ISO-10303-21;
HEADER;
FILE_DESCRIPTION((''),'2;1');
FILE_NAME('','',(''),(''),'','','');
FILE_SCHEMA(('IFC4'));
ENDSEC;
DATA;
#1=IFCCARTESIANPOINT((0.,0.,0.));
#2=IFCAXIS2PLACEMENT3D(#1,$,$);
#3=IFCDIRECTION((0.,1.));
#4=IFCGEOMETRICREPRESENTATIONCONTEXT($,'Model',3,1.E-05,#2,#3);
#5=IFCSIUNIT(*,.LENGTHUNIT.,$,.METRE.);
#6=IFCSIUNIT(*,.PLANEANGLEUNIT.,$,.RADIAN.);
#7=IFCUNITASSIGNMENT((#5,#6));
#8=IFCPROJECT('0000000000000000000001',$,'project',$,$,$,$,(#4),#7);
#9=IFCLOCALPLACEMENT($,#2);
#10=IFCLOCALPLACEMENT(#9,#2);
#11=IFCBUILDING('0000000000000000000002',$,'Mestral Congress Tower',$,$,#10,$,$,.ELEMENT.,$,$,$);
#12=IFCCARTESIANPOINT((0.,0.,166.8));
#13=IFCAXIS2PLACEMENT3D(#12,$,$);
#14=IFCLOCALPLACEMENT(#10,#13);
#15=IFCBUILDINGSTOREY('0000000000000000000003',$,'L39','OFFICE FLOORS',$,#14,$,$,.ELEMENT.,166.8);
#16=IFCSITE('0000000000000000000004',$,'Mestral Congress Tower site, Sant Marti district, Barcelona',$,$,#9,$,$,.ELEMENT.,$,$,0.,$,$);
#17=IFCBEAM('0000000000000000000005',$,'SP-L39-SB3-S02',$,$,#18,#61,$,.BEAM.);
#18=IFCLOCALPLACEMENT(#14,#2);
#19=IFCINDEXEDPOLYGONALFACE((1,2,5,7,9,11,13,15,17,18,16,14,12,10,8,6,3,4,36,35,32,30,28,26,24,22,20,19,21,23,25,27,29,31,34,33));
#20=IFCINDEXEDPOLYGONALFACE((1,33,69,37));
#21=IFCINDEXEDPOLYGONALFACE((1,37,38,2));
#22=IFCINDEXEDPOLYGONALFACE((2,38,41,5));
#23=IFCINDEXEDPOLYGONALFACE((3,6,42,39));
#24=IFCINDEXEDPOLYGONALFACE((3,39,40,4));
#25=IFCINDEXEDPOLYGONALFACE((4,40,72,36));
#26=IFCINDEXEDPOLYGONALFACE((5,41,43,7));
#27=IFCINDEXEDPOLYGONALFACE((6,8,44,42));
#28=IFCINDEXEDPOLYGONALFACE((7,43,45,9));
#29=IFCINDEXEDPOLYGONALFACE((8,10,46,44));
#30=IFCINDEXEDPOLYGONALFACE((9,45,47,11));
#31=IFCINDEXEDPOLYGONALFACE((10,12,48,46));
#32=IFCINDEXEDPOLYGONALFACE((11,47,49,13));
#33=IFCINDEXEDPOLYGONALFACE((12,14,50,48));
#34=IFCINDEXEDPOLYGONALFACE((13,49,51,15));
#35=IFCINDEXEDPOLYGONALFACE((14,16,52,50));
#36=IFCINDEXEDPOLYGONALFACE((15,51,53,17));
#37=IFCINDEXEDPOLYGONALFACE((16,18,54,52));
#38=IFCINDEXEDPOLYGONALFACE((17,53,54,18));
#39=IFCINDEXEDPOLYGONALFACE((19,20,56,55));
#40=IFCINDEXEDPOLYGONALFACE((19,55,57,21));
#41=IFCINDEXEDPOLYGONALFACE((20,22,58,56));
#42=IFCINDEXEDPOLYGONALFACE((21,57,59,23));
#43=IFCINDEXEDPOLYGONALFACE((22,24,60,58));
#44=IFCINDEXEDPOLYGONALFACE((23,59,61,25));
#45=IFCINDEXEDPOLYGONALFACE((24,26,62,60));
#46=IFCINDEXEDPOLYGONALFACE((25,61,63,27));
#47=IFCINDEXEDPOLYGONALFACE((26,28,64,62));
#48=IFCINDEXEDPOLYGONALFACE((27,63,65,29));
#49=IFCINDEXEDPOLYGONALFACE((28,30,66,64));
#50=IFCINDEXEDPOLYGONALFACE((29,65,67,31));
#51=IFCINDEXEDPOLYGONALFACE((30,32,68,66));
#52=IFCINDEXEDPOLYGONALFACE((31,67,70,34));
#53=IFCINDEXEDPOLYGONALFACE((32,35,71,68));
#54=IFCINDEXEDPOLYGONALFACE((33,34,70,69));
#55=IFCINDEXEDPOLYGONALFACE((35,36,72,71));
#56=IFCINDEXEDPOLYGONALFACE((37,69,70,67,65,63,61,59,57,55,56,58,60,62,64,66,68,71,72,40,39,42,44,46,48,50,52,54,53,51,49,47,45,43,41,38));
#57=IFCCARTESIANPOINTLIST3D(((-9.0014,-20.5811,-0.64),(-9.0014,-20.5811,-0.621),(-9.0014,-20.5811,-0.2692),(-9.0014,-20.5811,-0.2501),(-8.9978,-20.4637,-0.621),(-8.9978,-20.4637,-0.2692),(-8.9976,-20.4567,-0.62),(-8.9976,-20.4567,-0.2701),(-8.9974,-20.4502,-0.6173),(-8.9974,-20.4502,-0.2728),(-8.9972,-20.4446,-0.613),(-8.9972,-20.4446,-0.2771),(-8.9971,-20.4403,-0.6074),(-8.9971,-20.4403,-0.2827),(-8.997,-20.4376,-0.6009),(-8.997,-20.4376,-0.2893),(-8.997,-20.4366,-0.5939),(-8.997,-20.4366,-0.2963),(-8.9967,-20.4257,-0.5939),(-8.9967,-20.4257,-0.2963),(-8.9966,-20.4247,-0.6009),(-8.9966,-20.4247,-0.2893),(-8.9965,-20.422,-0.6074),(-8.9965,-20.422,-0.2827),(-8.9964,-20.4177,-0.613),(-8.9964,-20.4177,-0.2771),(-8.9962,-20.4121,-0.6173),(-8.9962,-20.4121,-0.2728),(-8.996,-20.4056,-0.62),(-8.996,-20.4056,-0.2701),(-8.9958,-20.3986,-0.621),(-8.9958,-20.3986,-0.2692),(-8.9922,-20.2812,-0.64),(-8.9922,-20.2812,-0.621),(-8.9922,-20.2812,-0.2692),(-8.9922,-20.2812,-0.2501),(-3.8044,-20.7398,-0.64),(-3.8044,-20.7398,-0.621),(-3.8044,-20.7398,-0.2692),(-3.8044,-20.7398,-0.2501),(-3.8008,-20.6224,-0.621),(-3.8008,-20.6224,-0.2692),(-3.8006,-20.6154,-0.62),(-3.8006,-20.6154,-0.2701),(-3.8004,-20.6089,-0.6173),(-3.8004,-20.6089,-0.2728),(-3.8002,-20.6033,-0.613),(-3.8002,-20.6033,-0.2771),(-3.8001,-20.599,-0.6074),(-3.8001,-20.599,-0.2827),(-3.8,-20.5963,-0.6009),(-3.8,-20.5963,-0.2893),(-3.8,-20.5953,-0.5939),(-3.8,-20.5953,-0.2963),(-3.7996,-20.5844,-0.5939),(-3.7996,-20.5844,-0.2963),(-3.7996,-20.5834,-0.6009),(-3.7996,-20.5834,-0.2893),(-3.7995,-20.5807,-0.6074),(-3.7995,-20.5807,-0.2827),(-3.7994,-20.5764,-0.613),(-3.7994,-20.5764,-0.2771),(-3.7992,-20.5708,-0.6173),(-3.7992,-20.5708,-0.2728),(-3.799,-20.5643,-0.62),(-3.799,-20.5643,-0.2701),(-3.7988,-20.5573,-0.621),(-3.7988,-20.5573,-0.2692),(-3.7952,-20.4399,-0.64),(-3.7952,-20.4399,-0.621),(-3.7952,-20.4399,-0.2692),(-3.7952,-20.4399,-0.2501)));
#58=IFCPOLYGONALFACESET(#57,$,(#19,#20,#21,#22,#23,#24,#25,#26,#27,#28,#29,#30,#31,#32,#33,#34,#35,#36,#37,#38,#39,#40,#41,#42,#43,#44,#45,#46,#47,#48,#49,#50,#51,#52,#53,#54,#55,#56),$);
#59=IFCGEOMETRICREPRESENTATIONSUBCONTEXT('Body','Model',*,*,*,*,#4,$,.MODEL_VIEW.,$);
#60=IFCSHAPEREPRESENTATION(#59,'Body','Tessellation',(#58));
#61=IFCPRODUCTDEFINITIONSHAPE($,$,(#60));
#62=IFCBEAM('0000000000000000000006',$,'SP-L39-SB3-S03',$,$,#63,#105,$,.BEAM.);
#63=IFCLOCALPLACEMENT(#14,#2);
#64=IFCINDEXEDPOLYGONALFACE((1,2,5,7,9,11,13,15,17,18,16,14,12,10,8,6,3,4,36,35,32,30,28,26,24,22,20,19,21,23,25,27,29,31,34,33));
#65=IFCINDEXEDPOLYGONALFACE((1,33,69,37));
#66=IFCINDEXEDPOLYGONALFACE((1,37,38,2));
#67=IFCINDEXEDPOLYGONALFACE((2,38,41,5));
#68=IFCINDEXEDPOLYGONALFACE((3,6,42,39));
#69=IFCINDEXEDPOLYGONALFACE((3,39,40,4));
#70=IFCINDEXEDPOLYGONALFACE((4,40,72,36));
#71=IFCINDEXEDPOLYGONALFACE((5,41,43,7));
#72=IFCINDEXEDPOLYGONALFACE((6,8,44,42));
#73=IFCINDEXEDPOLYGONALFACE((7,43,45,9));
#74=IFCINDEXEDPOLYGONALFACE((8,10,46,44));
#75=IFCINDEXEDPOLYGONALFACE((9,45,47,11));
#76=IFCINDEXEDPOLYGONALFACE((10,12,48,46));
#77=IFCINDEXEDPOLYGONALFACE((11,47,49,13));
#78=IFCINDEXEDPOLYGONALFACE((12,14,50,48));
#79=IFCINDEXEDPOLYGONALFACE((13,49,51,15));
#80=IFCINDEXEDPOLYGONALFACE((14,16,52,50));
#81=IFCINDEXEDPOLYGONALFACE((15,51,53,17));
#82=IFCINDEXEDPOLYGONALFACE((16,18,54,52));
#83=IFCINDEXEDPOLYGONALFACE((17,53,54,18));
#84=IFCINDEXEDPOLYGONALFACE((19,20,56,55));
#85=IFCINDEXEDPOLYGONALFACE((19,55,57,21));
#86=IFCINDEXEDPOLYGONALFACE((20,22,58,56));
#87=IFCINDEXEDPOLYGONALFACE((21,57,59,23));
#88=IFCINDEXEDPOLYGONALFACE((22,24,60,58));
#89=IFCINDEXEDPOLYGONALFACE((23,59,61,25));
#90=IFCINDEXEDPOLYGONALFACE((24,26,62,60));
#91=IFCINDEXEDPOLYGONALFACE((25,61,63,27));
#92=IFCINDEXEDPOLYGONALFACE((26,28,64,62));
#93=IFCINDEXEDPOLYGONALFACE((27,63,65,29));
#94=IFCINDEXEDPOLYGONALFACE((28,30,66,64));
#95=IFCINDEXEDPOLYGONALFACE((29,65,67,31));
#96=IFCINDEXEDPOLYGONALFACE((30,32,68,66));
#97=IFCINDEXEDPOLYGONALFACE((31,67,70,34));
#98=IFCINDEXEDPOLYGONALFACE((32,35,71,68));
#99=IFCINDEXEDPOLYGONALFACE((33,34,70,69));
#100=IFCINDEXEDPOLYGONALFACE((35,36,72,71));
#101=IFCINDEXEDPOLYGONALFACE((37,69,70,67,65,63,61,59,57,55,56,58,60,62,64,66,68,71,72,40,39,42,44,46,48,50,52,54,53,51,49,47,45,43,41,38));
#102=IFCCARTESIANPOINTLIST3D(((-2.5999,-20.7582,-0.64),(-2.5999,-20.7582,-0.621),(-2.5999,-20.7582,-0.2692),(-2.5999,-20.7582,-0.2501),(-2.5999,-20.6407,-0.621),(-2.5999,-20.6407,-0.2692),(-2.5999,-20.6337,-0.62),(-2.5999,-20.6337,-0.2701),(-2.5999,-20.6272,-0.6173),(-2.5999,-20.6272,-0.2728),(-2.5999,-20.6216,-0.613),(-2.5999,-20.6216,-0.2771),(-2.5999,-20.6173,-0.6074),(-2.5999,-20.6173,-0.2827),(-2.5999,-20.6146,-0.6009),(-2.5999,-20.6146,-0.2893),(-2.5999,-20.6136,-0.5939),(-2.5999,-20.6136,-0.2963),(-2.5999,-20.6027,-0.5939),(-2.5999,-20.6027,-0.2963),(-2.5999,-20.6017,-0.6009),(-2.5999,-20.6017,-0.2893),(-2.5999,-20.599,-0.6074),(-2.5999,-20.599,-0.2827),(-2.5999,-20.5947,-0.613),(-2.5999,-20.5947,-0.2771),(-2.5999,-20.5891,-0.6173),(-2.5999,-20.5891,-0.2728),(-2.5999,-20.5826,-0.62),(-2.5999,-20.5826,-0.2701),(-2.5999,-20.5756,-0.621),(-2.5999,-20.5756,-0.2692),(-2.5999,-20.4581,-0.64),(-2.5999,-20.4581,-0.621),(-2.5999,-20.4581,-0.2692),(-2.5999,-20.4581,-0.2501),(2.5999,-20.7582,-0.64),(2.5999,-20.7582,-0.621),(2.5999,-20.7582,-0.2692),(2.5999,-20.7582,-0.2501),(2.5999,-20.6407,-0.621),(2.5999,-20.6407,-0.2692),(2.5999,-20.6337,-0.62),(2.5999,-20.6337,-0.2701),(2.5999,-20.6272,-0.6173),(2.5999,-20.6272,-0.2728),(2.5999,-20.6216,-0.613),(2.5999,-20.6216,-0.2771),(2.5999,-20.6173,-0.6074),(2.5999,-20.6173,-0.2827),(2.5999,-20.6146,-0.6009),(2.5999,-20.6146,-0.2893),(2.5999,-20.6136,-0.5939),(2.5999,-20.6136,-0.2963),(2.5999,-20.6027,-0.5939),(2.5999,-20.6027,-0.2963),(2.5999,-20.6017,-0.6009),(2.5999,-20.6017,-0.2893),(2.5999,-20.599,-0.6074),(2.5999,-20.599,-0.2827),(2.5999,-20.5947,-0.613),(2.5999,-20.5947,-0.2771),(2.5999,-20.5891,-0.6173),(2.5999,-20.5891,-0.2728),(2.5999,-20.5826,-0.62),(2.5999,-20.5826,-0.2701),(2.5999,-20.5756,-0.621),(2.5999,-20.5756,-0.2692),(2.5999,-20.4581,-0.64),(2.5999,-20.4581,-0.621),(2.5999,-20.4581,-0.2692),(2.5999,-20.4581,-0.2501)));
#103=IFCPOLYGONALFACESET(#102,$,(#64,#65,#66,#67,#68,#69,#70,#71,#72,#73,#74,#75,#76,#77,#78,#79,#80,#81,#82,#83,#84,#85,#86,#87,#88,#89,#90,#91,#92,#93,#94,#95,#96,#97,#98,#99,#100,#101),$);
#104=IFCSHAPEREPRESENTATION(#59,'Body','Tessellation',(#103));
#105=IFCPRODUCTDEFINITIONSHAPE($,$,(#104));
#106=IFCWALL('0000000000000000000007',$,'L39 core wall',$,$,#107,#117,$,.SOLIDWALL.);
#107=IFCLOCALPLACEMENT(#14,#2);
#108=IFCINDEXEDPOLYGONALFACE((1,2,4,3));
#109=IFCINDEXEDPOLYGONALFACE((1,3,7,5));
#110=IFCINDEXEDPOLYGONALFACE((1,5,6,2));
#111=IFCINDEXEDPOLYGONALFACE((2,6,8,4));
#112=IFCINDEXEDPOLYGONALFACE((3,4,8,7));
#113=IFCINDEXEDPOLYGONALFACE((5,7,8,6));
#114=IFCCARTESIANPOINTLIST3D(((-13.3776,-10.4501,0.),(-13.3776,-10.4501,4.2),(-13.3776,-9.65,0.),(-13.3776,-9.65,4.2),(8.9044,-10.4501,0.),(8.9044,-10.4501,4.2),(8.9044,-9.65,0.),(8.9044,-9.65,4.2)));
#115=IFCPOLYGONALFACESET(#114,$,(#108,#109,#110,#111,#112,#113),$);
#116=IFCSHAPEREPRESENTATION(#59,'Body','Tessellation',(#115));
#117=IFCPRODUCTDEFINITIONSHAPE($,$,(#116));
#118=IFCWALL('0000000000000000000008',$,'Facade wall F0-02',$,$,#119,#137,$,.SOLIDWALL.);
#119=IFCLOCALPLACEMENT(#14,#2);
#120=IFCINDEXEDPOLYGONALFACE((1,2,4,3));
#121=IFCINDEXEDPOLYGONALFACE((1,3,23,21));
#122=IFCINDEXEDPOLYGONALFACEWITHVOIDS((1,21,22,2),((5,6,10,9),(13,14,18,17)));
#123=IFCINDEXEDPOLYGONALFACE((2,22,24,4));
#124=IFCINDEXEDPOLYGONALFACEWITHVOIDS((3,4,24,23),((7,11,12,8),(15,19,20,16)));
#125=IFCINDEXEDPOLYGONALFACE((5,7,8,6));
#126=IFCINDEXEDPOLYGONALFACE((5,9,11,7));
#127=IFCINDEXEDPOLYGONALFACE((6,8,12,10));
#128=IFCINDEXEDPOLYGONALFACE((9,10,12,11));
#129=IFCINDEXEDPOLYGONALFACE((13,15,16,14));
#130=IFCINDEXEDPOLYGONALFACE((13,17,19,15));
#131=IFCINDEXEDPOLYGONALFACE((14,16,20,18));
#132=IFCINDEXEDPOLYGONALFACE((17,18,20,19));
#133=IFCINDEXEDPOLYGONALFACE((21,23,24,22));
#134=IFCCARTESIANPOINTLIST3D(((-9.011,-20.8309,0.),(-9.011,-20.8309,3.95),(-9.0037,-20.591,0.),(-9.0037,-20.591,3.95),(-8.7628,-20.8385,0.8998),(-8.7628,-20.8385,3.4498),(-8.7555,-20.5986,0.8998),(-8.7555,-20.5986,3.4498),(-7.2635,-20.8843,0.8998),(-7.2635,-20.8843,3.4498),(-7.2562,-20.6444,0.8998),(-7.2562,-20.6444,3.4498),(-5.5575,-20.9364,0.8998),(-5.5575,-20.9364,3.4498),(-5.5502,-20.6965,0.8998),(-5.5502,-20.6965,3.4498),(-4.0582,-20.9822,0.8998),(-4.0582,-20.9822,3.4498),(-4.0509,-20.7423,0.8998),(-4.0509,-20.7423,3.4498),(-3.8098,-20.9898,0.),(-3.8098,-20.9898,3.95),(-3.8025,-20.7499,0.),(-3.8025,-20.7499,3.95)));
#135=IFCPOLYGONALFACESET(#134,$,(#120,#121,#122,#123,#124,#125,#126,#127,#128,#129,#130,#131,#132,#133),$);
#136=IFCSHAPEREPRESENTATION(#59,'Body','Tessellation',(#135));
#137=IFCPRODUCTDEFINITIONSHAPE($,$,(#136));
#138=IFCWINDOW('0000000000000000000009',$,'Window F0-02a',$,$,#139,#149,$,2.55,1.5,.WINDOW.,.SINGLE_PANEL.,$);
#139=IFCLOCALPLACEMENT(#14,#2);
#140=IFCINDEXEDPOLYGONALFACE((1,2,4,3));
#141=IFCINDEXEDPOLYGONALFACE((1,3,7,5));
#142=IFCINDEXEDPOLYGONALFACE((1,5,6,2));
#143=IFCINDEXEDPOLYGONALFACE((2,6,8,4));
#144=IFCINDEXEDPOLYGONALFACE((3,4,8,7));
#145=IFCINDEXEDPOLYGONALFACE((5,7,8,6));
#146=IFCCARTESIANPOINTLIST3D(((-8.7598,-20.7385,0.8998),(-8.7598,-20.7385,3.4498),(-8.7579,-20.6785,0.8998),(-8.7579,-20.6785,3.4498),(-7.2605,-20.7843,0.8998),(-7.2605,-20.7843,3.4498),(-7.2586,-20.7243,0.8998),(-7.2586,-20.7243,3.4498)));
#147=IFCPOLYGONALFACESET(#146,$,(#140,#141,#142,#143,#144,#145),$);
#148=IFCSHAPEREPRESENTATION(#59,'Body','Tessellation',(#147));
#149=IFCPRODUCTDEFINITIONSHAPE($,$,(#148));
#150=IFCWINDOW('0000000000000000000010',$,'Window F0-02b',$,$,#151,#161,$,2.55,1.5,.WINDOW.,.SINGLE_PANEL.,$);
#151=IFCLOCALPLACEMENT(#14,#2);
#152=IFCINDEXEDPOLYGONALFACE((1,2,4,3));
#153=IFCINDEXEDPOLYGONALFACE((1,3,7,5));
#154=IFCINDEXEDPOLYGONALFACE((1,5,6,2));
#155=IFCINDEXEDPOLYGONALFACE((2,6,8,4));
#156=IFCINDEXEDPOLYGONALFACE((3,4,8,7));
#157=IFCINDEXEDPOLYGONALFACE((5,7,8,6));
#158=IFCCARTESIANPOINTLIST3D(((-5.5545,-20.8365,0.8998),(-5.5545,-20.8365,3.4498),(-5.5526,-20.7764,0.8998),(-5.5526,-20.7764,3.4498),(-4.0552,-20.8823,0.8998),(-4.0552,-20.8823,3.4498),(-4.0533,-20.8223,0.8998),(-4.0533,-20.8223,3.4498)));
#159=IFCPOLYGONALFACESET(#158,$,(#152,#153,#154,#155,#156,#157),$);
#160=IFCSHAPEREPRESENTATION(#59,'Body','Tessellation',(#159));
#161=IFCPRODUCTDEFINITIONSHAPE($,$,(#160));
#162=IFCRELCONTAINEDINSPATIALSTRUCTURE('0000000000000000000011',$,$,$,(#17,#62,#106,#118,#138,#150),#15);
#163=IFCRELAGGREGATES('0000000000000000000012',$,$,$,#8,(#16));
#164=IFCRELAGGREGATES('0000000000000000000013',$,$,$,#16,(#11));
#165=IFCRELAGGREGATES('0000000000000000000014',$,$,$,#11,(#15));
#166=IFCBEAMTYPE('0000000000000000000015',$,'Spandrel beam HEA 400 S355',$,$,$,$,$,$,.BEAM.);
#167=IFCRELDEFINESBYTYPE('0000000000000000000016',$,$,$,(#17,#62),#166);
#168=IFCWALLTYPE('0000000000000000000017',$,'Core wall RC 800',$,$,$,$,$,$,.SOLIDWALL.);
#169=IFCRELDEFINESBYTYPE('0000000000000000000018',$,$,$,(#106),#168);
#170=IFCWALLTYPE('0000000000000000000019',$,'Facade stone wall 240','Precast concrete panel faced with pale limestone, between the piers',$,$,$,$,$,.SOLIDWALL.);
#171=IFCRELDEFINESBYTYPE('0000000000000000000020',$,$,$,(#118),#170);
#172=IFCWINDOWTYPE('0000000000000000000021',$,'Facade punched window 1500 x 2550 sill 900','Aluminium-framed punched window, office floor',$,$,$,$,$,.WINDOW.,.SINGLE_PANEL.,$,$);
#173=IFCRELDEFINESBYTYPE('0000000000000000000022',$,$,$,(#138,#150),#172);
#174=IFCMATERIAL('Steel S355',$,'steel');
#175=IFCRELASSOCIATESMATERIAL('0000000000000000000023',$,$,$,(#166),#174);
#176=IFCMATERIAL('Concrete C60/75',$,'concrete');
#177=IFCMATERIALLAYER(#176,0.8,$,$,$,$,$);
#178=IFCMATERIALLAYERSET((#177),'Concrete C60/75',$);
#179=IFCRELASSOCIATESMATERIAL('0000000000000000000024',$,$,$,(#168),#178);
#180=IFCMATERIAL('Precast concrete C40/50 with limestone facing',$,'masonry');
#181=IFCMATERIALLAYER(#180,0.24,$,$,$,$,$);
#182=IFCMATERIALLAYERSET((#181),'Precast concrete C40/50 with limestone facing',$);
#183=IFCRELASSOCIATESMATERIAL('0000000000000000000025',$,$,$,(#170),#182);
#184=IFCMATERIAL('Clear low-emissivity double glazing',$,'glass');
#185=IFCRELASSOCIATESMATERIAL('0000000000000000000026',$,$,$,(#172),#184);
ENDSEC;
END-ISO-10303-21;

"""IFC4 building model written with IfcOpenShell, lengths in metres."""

from ifc_helpers import new_model, si_unit, direction, frame, frame_2d, origin, origin_2d, place, context, subcontext, project, spatial, rectangle, i_section, extrude, material, layer, layer_set, material_profile, profile_set, type_object, element, fill, save


model = new_model("IFC4")

# Units and contexts
model_context = context("Model", 3, precision=1e-05, world=origin(), true_north=direction((0.0, 1.0)))
body_context = subcontext(model_context, "Body", "Model", "MODEL_VIEW")
ifc_project = project(units=[si_unit("LENGTHUNIT", "METRE"), si_unit("PLANEANGLEUNIT", "RADIAN")], contexts=[model_context])

# Site, building, storey
site_placement = place(None, origin())
site = spatial("IfcSite", under=ifc_project, at=site_placement, Name="Mestral Congress Tower site, Sant Marti district, Barcelona", CompositionType="ELEMENT", RefElevation=0.0)
building_placement = place(site_placement, origin())
building = spatial("IfcBuilding", under=site, at=building_placement, Name="Mestral Congress Tower", CompositionType="ELEMENT")
storey_placement = place(building_placement, frame((0.0, 0.0, 166.8)))
storey = spatial("IfcBuildingStorey", under=building, at=storey_placement, Name="L39", Description="OFFICE FLOORS", CompositionType="ELEMENT", Elevation=166.8)

# Shared definitions
ifc_material_1 = material(Name="Concrete C60/75", Category="concrete")

# Beams
ifc_material_2 = material(Name="Steel S355", Category="steel")
ifc_material_profile_1 = material_profile(ifc_material_2, i_section(OverallWidth=0.3, OverallDepth=0.3899, WebThickness=0.011, FlangeThickness=0.019, FilletRadius=0.0271, at=origin_2d()), Name="HEA 400")
ifc_profile_set_1 = profile_set([ifc_material_profile_1], Name="Steel S355")
beam_type_1 = type_object("IfcBeamType", Name="Spandrel beam HEA 400 S355", PredefinedType="BEAM", material=ifc_profile_set_1)
beam_1_placement = place(storey_placement, frame((-8.9968, -20.4312, -0.4451), z_axis=(0.999534, -0.030521, 0.0), x_axis=(0.030521, 0.999534, 0.0)))
element("IfcBeam", 1, at=beam_1_placement, inside=storey, type_object=beam_type_1, Name="SP-L39-SB3-S02", PredefinedType="BEAM", context=body_context, shape_type="SweptSolid", body=[
    extrude(i_section(OverallWidth=0.3, OverallDepth=0.3899, WebThickness=0.011, FlangeThickness=0.019, FilletRadius=0.0271, at=origin_2d()), origin(), (0.0, 0.0, 1.0), 5.1995),
])
beam_2_placement = place(storey_placement, frame((-2.5999, -20.6082, -0.4451), z_axis=(1.0, 0.0, 0.0), x_axis=(0.0, 1.0, 0.0)))
element("IfcBeam", 2, at=beam_2_placement, inside=storey, type_object=beam_type_1, Name="SP-L39-SB3-S03", PredefinedType="BEAM", context=body_context, shape_type="SweptSolid", body=[
    extrude(i_section(OverallWidth=0.3, OverallDepth=0.3899, WebThickness=0.011, FlangeThickness=0.019, FilletRadius=0.0271, at=origin_2d()), origin(), (0.0, 0.0, 1.0), 5.1997),
])

# Wall
ifc_layer_1 = layer(ifc_material_1, 0.8)
ifc_layer_set_1 = layer_set([ifc_layer_1], Name="Concrete C60/75")
wall_type_1 = type_object("IfcWallType", Name="Core wall RC 800", PredefinedType="SOLIDWALL", material=ifc_layer_set_1)
wall_1_placement = place(storey_placement, frame((-13.3777, -10.05, 0.0), z_axis=(0.0, 0.0, 1.0), x_axis=(1.0, 0.0, 0.0)))
element("IfcWall", 3, at=wall_1_placement, inside=storey, type_object=wall_type_1, Name="L39 core wall", PredefinedType="SOLIDWALL", context=body_context, shape_type="SweptSolid", body=[
    extrude(rectangle(XDim=22.282, YDim=0.8, at=frame_2d((11.1411, 0.0))), origin(), (0.0, 0.0, 1.0), 4.2),
])

# Wall, openings, windows
ifc_material_3 = material(Name="Precast concrete C40/50 with limestone facing", Category="masonry")
ifc_layer_2 = layer(ifc_material_3, 0.24)
ifc_layer_set_2 = layer_set([ifc_layer_2], Name="Precast concrete C40/50 with limestone facing")
wall_type_2 = type_object("IfcWallType", Name="Facade stone wall 240", Description="Precast concrete panel faced with pale limestone, between the piers", PredefinedType="SOLIDWALL", material=ifc_layer_set_2)
wall_2_placement = place(storey_placement, frame((-9.0073, -20.7109, 0.0), z_axis=(0.0, 0.0, 1.0), x_axis=(0.999533, -0.030543, 0.0)))
wall_2 = element("IfcWall", 4, at=wall_2_placement, inside=storey, type_object=wall_type_2, Name="Facade wall F0-02", PredefinedType="SOLIDWALL", context=body_context, shape_type="SweptSolid", body=[
    extrude(rectangle(XDim=5.2036, YDim=0.24, at=frame_2d((2.6018, 0.0))), origin(), (0.0, 0.0, 1.0), 3.95),
])
opening_1_placement = place(wall_2_placement, frame((0.2483, 0.0, 0.8999)))
opening_1 = element("IfcOpeningElement", 5, at=opening_1_placement, cuts=wall_2, PredefinedType="OPENING", context=body_context, shape_type="SweptSolid", body=[
    extrude(rectangle(XDim=1.5, YDim=2.55, at=frame_2d((0.75, 1.2749))), frame((0.0, 0.1299, 0.0), z_axis=(0.0, -1.0, 0.0), x_axis=(1.0, 0.0, 0.0)), (0.0, 0.0, 1.0), 0.26),
])
opening_2_placement = place(wall_2_placement, frame((3.4551, 0.0, 0.8999)))
opening_2 = element("IfcOpeningElement", 6, at=opening_2_placement, cuts=wall_2, PredefinedType="OPENING", context=body_context, shape_type="SweptSolid", body=[
    extrude(rectangle(XDim=1.5, YDim=2.55, at=frame_2d((0.75, 1.2749))), frame((0.0, 0.1299, 0.0), z_axis=(0.0, -1.0, 0.0), x_axis=(1.0, 0.0, 0.0)), (0.0, 0.0, 1.0), 0.26),
])
ifc_material_4 = material(Name="Clear low-emissivity double glazing", Category="glass")
window_type = type_object("IfcWindowType", Name="Facade punched window 1500 x 2550 sill 900", Description="Aluminium-framed punched window, office floor", PartitioningType="SINGLE_PANEL", PredefinedType="WINDOW", material=ifc_material_4)
window_1_placement = place(opening_1_placement, origin())
window_1 = element("IfcWindow", 7, at=window_1_placement, inside=storey, type_object=window_type, Name="Window F0-02a", OverallHeight=2.55, OverallWidth=1.5, PartitioningType="SINGLE_PANEL", PredefinedType="WINDOW", context=body_context, shape_type="SweptSolid", body=[
    extrude(rectangle(XDim=1.5, YDim=2.55, at=frame_2d((0.75, 1.2749))), frame((0.0, 0.04, 0.0), z_axis=(0.0, -1.0, 0.0), x_axis=(1.0, 0.0, 0.0)), (0.0, 0.0, 1.0), 0.0601),
])
fill(opening_1, window_1)
window_2_placement = place(opening_2_placement, origin())
window_2 = element("IfcWindow", 8, at=window_2_placement, inside=storey, type_object=window_type, Name="Window F0-02b", OverallHeight=2.55, OverallWidth=1.5, PartitioningType="SINGLE_PANEL", PredefinedType="WINDOW", context=body_context, shape_type="SweptSolid", body=[
    extrude(rectangle(XDim=1.5, YDim=2.55, at=frame_2d((0.75, 1.2749))), frame((0.0, 0.04, 0.0), z_axis=(0.0, -1.0, 0.0), x_axis=(1.0, 0.0, 0.0)), (0.0, 0.0, 1.0), 0.0601),
])
fill(opening_2, window_2)

save(model, "model.ifc")
